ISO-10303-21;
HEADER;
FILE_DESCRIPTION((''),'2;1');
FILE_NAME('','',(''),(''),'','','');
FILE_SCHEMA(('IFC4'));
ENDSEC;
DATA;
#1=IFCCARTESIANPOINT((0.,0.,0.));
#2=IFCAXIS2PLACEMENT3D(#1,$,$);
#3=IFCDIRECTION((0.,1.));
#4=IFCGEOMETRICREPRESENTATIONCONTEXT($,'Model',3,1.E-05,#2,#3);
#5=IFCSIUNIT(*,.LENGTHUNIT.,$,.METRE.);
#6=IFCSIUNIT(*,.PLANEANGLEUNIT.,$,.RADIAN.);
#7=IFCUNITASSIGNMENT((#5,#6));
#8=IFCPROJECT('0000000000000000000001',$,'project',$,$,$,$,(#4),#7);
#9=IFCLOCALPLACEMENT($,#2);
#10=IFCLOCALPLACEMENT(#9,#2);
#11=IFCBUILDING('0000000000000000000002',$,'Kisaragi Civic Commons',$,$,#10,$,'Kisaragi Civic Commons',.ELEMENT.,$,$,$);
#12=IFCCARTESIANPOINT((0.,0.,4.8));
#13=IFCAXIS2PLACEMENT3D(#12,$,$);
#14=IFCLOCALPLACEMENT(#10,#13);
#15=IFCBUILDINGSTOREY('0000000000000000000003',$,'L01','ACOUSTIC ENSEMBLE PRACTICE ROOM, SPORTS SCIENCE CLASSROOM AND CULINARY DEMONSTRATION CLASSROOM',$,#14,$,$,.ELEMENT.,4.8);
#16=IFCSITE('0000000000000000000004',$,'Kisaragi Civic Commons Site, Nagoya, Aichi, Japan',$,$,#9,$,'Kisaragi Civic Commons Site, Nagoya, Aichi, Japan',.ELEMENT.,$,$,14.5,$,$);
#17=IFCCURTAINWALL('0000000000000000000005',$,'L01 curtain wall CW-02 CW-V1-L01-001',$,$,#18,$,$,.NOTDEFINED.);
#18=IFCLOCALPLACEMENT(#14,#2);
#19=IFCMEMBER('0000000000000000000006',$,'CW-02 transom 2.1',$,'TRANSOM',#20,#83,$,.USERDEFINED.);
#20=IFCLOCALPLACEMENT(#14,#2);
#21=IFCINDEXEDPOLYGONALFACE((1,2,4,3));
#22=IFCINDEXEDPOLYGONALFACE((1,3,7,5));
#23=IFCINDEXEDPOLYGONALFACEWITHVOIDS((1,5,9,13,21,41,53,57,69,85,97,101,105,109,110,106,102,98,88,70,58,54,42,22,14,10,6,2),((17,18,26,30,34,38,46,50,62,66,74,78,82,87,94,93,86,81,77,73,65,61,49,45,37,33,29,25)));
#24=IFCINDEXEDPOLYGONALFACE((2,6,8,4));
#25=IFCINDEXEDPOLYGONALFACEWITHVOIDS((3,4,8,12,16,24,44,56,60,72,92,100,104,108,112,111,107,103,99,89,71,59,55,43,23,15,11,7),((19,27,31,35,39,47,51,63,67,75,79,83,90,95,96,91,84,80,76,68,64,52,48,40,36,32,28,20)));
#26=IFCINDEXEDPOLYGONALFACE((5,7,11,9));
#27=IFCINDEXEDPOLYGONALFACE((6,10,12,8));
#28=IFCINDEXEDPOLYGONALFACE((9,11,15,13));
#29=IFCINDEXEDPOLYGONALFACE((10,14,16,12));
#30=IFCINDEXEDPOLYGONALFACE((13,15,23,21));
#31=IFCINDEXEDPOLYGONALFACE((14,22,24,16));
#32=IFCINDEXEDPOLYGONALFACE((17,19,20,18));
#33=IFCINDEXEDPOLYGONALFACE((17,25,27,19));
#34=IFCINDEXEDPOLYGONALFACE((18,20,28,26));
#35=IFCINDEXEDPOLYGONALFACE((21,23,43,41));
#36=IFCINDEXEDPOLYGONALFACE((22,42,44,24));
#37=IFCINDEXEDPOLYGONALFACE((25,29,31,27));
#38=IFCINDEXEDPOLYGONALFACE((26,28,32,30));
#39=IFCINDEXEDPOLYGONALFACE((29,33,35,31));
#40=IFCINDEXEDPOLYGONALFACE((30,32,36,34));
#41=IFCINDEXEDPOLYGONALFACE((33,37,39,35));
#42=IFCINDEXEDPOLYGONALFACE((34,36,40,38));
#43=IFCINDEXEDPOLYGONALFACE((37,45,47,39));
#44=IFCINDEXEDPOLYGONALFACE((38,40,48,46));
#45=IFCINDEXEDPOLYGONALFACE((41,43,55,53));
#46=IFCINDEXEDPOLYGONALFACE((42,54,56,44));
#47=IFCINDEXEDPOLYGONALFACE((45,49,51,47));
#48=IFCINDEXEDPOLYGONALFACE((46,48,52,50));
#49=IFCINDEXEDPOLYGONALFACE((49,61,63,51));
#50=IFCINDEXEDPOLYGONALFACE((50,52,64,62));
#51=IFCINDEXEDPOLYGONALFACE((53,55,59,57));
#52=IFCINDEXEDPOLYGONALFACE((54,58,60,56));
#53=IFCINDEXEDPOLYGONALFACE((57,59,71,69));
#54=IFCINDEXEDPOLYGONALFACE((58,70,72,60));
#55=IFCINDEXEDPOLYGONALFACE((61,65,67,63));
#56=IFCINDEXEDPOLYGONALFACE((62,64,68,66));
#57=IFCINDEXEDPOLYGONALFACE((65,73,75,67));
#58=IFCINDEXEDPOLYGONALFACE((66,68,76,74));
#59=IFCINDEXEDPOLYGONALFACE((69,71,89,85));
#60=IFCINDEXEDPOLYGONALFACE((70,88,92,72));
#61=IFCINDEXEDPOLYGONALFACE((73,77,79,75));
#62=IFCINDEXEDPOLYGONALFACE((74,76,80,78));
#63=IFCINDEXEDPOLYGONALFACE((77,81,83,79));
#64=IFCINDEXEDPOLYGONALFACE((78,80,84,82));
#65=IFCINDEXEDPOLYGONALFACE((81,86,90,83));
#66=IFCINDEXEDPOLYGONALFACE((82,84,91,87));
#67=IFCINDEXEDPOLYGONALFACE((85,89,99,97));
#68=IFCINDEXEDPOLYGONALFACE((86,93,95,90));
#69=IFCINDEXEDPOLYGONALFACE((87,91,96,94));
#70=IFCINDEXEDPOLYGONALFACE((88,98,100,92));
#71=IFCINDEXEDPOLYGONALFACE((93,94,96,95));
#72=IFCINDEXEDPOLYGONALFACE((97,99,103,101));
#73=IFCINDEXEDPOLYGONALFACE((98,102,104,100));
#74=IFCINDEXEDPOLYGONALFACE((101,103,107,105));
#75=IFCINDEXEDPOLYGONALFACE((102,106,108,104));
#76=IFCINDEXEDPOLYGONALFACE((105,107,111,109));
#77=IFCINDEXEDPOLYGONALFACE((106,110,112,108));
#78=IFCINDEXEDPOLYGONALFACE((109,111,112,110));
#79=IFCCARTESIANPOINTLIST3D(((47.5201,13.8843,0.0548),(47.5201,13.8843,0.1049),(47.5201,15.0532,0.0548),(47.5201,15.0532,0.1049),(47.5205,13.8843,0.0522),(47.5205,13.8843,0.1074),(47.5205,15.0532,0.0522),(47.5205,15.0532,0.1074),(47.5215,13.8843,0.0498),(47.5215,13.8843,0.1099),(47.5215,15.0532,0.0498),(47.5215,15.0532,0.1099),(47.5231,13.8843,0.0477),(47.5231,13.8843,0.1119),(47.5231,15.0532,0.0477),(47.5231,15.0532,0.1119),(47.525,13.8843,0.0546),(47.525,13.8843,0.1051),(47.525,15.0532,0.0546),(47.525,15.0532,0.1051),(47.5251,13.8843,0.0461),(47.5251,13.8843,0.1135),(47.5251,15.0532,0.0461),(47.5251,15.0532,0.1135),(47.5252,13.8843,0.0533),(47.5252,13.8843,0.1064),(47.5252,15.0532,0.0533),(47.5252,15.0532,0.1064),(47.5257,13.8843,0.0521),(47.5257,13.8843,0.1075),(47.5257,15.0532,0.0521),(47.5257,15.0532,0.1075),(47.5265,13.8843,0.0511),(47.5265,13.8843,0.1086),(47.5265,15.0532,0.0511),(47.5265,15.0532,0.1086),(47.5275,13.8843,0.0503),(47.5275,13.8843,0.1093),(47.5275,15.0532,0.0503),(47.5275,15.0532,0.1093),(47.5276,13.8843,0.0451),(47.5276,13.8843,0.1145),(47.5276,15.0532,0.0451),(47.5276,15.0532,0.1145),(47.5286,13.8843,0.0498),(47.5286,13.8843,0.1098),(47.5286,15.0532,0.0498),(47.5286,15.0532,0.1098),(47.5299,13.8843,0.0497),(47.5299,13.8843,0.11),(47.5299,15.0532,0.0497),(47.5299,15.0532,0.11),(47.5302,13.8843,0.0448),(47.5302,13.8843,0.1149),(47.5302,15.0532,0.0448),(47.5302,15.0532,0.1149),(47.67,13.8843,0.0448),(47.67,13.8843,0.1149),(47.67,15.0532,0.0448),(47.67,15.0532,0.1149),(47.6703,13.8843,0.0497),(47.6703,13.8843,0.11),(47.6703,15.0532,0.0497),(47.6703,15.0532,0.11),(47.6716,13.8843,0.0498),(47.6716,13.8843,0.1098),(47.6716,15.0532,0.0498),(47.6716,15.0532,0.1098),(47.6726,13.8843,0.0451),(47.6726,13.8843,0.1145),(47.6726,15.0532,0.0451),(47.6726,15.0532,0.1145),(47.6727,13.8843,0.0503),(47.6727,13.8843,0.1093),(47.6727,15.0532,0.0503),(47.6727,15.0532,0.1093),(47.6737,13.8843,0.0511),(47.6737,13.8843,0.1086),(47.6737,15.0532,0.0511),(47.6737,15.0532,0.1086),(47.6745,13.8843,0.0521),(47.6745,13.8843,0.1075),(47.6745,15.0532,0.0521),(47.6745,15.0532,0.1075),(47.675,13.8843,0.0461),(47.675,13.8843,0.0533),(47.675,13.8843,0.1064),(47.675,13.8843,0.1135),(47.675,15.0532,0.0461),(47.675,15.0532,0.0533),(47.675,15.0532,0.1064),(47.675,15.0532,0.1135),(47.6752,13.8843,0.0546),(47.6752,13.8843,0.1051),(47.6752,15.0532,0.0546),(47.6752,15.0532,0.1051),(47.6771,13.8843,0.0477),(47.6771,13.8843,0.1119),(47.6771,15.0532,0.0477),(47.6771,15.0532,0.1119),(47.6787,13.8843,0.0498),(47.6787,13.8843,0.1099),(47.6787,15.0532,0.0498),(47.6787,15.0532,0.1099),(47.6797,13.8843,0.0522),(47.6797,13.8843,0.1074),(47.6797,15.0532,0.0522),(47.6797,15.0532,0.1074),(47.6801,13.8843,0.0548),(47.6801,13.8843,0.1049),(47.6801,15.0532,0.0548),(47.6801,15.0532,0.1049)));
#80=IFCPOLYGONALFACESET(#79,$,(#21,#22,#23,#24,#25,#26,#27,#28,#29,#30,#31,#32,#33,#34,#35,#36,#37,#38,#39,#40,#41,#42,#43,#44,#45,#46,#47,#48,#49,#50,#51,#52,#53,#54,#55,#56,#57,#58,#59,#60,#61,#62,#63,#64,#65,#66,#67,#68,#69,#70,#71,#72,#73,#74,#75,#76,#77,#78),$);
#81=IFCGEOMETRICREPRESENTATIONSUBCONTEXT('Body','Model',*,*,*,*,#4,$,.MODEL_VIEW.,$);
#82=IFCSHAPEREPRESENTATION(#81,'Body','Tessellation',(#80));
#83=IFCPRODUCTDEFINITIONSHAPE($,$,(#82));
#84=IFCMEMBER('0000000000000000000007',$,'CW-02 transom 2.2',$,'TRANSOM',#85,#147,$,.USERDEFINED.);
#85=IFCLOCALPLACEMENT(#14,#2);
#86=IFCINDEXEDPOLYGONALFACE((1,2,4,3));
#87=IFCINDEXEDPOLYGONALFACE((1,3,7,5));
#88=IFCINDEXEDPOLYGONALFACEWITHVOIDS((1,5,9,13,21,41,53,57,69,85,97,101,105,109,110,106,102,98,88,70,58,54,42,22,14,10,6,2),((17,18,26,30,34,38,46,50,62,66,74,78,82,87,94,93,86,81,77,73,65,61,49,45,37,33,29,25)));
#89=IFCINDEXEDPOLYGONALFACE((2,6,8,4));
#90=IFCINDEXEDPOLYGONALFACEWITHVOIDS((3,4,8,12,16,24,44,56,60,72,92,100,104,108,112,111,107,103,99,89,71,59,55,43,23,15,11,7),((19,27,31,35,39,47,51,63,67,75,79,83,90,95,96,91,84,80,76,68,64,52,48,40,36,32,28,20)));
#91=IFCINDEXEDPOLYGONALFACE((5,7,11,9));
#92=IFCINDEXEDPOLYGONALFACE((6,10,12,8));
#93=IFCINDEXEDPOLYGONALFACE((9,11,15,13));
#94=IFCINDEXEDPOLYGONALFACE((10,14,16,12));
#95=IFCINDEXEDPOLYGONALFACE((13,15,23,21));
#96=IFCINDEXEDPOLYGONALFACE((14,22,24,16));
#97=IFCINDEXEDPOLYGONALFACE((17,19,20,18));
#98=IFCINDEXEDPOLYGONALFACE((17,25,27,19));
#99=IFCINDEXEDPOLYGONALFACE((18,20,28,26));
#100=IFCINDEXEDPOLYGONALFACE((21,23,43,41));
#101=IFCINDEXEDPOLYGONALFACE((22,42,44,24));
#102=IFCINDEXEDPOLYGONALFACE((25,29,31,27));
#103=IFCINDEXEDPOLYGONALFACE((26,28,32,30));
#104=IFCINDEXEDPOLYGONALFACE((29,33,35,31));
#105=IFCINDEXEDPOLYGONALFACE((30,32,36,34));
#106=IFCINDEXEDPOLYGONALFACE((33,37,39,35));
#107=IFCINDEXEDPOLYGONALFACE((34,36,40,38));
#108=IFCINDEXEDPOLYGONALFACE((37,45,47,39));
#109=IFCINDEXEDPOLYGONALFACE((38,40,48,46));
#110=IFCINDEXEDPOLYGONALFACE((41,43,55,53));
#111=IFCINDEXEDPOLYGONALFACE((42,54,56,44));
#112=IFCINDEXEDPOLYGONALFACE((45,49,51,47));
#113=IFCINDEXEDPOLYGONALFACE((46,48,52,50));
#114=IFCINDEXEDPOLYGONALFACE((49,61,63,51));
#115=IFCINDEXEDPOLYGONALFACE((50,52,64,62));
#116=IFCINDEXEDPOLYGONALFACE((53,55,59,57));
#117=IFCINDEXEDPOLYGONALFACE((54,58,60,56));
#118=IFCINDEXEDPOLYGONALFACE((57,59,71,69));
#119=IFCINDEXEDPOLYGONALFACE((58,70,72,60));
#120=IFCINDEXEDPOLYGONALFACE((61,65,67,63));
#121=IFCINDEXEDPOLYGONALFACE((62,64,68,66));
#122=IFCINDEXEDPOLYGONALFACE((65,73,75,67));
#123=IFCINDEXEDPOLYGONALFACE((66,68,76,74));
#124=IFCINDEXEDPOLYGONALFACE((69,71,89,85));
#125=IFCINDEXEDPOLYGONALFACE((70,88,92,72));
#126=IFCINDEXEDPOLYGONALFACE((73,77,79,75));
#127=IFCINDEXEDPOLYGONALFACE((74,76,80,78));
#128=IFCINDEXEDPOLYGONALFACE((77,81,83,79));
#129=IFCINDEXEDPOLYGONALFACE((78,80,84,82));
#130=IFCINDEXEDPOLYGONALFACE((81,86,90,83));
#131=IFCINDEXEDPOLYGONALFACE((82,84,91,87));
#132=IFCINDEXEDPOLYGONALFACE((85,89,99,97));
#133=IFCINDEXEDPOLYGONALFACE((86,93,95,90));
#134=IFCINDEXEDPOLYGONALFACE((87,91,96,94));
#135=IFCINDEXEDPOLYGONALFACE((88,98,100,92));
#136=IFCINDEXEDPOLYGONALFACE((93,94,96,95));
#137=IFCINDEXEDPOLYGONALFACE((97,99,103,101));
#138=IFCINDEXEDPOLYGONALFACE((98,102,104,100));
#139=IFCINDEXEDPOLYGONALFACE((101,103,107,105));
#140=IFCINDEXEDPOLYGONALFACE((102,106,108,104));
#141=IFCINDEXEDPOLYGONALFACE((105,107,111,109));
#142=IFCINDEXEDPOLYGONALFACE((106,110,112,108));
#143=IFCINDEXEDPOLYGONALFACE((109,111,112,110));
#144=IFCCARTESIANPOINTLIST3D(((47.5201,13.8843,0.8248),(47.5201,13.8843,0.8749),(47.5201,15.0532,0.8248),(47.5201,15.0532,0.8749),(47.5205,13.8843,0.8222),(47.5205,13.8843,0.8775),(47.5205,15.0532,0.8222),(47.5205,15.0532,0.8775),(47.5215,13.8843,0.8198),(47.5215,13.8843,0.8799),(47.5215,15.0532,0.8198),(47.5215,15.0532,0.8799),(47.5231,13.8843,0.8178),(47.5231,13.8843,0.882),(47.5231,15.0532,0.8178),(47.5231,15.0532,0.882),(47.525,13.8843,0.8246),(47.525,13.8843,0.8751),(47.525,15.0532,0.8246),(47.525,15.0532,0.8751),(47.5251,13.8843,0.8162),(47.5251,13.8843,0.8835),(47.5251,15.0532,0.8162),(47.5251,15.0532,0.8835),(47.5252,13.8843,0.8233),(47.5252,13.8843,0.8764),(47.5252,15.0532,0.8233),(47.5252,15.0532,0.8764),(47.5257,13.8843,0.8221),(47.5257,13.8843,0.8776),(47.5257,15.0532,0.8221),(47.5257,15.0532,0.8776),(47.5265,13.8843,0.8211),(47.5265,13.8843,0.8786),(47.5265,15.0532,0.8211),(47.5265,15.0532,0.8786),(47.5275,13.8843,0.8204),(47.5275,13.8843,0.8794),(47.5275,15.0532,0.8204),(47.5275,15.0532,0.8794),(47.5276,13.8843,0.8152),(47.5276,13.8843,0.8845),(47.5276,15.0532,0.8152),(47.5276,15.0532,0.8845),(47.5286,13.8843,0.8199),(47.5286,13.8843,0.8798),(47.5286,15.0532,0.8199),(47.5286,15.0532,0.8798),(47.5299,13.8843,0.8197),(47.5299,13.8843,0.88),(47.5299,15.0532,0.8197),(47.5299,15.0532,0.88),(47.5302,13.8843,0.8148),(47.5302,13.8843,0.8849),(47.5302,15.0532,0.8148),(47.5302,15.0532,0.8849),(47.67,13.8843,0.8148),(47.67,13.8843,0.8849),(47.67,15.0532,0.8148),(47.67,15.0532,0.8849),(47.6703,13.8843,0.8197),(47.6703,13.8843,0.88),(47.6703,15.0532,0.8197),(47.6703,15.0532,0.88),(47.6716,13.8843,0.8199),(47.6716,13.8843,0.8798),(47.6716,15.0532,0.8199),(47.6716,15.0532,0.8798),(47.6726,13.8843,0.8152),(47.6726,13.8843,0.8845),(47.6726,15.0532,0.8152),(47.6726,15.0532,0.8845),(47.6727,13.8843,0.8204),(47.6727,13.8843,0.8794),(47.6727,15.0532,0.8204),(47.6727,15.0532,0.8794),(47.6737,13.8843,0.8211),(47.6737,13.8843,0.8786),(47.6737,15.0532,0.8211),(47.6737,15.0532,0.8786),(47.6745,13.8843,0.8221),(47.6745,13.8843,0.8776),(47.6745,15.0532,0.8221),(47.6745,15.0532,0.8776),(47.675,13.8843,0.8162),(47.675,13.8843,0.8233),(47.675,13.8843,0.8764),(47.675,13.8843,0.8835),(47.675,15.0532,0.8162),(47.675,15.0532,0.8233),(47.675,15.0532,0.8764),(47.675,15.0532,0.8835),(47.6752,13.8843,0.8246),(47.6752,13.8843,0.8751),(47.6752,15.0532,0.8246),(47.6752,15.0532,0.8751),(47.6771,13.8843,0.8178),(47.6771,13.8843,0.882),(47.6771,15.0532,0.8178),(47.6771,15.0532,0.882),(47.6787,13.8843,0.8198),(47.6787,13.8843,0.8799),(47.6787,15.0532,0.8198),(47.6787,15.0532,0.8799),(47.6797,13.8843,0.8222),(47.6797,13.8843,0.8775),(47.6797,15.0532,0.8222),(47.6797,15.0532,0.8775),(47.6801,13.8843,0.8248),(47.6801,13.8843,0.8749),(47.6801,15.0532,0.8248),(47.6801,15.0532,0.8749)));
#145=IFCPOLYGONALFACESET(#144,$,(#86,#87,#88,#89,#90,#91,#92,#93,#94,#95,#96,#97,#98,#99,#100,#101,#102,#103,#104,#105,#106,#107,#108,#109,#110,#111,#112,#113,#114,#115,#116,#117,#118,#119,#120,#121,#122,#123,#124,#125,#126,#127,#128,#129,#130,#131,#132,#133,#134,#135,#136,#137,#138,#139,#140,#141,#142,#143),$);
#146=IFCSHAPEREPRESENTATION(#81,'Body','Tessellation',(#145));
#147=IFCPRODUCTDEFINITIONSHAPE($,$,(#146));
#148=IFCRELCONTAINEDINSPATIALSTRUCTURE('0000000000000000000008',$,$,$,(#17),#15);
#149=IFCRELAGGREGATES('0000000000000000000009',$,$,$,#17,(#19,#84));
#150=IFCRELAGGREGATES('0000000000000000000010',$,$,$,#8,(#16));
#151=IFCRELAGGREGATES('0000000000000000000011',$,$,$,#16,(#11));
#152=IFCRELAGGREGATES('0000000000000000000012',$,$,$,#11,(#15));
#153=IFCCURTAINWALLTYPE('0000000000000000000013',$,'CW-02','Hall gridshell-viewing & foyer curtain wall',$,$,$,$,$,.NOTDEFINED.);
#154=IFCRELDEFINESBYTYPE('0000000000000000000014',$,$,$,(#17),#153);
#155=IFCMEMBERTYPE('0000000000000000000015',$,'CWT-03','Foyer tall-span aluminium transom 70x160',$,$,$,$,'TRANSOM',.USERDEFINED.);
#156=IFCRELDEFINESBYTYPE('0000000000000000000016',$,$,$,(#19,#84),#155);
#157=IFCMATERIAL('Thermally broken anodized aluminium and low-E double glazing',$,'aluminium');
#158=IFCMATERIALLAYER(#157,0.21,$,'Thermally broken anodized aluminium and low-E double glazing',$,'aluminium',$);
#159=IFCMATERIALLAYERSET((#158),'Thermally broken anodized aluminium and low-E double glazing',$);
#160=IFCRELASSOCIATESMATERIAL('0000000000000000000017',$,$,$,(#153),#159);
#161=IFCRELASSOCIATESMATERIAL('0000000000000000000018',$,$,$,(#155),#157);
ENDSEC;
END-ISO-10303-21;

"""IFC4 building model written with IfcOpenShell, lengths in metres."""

from ifc_helpers import new_model, si_unit, direction, frame, origin, origin_2d, place, context, subcontext, project, spatial, hollow_rectangle, extrude, material, layer, layer_set, material_profile, profile_set, type_object, element, aggregate, save


model = new_model("IFC4")

# Units and contexts
model_context = context("Model", 3, precision=1e-05, world=origin(), true_north=direction((0.0, 1.0)))
body_context = subcontext(model_context, "Body", "Model", "MODEL_VIEW")
ifc_project = project(units=[si_unit("LENGTHUNIT", "METRE"), si_unit("PLANEANGLEUNIT", "RADIAN")], contexts=[model_context])

# Site, building, storey
site_placement = place(None, origin())
site = spatial("IfcSite", under=ifc_project, at=site_placement, Name="Kisaragi Civic Commons Site, Nagoya, Aichi, Japan", LongName="Kisaragi Civic Commons Site, Nagoya, Aichi, Japan", CompositionType="ELEMENT", RefElevation=14.5)
building_placement = place(site_placement, origin())
building = spatial("IfcBuilding", under=site, at=building_placement, Name="Kisaragi Civic Commons", LongName="Kisaragi Civic Commons", CompositionType="ELEMENT")
storey_placement = place(building_placement, frame((0.0, 0.0, 4.8)))
storey = spatial("IfcBuildingStorey", under=building, at=storey_placement, Name="L01", Description="ACOUSTIC ENSEMBLE PRACTICE ROOM, SPORTS SCIENCE CLASSROOM AND CULINARY DEMONSTRATION CLASSROOM", CompositionType="ELEMENT", Elevation=4.8)

# Curtain wall, members
ifc_material_1 = material(Name="Thermally broken anodized aluminium and low-E double glazing", Category="aluminium")
ifc_layer_1 = layer(ifc_material_1, 0.21, Name="Thermally broken anodized aluminium and low-E double glazing", Category="aluminium")
ifc_layer_set_1 = layer_set([ifc_layer_1], Name="Thermally broken anodized aluminium and low-E double glazing")
curtain_wall_type = type_object("IfcCurtainWallType", Name="CW-02", Description="Hall gridshell-viewing & foyer curtain wall", PredefinedType="NOTDEFINED", material=ifc_layer_set_1)
curtain_wall_placement = place(storey_placement, origin())
curtain_wall = element("IfcCurtainWall", 1, at=curtain_wall_placement, inside=storey, type_object=curtain_wall_type, Name="L01 curtain wall CW-02 CW-V1-L01-001", PredefinedType="NOTDEFINED")
ifc_material_profile_1 = material_profile(ifc_material_1, hollow_rectangle(XDim=0.1599, YDim=0.0701, WallThickness=0.0049, InnerFilletRadius=0.0049, OuterFilletRadius=0.01, at=origin_2d()), Name="CWT-70x160x5", Category="aluminium")
ifc_profile_set_1 = profile_set([ifc_material_profile_1], Name="Thermally broken anodized aluminium and low-E double glazing")
member_type_1 = type_object("IfcMemberType", Name="CWT-03", Description="Foyer tall-span aluminium transom 70x160", ElementType="TRANSOM", PredefinedType="USERDEFINED", material=ifc_profile_set_1)
member_1_placement = place(storey_placement, frame((47.6001, 15.0532, 0.0798), z_axis=(0.0, -1.0, 0.0), x_axis=(1.0, 0.0, 0.0)))
member_1 = element("IfcMember", 2, at=member_1_placement, type_object=member_type_1, Name="CW-02 transom 2.1", ObjectType="TRANSOM", PredefinedType="USERDEFINED", context=body_context, shape_type="SweptSolid", body=[
    extrude(hollow_rectangle(XDim=0.1599, YDim=0.0701, WallThickness=0.0049, InnerFilletRadius=0.0049, OuterFilletRadius=0.01, at=origin_2d()), origin(), (0.0, 0.0, 1.0), 1.1689),
])
member_2_placement = place(storey_placement, frame((47.6001, 15.0532, 0.8499), z_axis=(0.0, -1.0, 0.0), x_axis=(1.0, 0.0, 0.0)))
member_2 = element("IfcMember", 3, at=member_2_placement, type_object=member_type_1, Name="CW-02 transom 2.2", ObjectType="TRANSOM", PredefinedType="USERDEFINED", context=body_context, shape_type="SweptSolid", body=[
    extrude(hollow_rectangle(XDim=0.1599, YDim=0.0701, WallThickness=0.0049, InnerFilletRadius=0.0049, OuterFilletRadius=0.01, at=origin_2d()), origin(), (0.0, 0.0, 1.0), 1.1689),
])

aggregate(curtain_wall, [member_1, member_2])

save(model, "model.ifc")
